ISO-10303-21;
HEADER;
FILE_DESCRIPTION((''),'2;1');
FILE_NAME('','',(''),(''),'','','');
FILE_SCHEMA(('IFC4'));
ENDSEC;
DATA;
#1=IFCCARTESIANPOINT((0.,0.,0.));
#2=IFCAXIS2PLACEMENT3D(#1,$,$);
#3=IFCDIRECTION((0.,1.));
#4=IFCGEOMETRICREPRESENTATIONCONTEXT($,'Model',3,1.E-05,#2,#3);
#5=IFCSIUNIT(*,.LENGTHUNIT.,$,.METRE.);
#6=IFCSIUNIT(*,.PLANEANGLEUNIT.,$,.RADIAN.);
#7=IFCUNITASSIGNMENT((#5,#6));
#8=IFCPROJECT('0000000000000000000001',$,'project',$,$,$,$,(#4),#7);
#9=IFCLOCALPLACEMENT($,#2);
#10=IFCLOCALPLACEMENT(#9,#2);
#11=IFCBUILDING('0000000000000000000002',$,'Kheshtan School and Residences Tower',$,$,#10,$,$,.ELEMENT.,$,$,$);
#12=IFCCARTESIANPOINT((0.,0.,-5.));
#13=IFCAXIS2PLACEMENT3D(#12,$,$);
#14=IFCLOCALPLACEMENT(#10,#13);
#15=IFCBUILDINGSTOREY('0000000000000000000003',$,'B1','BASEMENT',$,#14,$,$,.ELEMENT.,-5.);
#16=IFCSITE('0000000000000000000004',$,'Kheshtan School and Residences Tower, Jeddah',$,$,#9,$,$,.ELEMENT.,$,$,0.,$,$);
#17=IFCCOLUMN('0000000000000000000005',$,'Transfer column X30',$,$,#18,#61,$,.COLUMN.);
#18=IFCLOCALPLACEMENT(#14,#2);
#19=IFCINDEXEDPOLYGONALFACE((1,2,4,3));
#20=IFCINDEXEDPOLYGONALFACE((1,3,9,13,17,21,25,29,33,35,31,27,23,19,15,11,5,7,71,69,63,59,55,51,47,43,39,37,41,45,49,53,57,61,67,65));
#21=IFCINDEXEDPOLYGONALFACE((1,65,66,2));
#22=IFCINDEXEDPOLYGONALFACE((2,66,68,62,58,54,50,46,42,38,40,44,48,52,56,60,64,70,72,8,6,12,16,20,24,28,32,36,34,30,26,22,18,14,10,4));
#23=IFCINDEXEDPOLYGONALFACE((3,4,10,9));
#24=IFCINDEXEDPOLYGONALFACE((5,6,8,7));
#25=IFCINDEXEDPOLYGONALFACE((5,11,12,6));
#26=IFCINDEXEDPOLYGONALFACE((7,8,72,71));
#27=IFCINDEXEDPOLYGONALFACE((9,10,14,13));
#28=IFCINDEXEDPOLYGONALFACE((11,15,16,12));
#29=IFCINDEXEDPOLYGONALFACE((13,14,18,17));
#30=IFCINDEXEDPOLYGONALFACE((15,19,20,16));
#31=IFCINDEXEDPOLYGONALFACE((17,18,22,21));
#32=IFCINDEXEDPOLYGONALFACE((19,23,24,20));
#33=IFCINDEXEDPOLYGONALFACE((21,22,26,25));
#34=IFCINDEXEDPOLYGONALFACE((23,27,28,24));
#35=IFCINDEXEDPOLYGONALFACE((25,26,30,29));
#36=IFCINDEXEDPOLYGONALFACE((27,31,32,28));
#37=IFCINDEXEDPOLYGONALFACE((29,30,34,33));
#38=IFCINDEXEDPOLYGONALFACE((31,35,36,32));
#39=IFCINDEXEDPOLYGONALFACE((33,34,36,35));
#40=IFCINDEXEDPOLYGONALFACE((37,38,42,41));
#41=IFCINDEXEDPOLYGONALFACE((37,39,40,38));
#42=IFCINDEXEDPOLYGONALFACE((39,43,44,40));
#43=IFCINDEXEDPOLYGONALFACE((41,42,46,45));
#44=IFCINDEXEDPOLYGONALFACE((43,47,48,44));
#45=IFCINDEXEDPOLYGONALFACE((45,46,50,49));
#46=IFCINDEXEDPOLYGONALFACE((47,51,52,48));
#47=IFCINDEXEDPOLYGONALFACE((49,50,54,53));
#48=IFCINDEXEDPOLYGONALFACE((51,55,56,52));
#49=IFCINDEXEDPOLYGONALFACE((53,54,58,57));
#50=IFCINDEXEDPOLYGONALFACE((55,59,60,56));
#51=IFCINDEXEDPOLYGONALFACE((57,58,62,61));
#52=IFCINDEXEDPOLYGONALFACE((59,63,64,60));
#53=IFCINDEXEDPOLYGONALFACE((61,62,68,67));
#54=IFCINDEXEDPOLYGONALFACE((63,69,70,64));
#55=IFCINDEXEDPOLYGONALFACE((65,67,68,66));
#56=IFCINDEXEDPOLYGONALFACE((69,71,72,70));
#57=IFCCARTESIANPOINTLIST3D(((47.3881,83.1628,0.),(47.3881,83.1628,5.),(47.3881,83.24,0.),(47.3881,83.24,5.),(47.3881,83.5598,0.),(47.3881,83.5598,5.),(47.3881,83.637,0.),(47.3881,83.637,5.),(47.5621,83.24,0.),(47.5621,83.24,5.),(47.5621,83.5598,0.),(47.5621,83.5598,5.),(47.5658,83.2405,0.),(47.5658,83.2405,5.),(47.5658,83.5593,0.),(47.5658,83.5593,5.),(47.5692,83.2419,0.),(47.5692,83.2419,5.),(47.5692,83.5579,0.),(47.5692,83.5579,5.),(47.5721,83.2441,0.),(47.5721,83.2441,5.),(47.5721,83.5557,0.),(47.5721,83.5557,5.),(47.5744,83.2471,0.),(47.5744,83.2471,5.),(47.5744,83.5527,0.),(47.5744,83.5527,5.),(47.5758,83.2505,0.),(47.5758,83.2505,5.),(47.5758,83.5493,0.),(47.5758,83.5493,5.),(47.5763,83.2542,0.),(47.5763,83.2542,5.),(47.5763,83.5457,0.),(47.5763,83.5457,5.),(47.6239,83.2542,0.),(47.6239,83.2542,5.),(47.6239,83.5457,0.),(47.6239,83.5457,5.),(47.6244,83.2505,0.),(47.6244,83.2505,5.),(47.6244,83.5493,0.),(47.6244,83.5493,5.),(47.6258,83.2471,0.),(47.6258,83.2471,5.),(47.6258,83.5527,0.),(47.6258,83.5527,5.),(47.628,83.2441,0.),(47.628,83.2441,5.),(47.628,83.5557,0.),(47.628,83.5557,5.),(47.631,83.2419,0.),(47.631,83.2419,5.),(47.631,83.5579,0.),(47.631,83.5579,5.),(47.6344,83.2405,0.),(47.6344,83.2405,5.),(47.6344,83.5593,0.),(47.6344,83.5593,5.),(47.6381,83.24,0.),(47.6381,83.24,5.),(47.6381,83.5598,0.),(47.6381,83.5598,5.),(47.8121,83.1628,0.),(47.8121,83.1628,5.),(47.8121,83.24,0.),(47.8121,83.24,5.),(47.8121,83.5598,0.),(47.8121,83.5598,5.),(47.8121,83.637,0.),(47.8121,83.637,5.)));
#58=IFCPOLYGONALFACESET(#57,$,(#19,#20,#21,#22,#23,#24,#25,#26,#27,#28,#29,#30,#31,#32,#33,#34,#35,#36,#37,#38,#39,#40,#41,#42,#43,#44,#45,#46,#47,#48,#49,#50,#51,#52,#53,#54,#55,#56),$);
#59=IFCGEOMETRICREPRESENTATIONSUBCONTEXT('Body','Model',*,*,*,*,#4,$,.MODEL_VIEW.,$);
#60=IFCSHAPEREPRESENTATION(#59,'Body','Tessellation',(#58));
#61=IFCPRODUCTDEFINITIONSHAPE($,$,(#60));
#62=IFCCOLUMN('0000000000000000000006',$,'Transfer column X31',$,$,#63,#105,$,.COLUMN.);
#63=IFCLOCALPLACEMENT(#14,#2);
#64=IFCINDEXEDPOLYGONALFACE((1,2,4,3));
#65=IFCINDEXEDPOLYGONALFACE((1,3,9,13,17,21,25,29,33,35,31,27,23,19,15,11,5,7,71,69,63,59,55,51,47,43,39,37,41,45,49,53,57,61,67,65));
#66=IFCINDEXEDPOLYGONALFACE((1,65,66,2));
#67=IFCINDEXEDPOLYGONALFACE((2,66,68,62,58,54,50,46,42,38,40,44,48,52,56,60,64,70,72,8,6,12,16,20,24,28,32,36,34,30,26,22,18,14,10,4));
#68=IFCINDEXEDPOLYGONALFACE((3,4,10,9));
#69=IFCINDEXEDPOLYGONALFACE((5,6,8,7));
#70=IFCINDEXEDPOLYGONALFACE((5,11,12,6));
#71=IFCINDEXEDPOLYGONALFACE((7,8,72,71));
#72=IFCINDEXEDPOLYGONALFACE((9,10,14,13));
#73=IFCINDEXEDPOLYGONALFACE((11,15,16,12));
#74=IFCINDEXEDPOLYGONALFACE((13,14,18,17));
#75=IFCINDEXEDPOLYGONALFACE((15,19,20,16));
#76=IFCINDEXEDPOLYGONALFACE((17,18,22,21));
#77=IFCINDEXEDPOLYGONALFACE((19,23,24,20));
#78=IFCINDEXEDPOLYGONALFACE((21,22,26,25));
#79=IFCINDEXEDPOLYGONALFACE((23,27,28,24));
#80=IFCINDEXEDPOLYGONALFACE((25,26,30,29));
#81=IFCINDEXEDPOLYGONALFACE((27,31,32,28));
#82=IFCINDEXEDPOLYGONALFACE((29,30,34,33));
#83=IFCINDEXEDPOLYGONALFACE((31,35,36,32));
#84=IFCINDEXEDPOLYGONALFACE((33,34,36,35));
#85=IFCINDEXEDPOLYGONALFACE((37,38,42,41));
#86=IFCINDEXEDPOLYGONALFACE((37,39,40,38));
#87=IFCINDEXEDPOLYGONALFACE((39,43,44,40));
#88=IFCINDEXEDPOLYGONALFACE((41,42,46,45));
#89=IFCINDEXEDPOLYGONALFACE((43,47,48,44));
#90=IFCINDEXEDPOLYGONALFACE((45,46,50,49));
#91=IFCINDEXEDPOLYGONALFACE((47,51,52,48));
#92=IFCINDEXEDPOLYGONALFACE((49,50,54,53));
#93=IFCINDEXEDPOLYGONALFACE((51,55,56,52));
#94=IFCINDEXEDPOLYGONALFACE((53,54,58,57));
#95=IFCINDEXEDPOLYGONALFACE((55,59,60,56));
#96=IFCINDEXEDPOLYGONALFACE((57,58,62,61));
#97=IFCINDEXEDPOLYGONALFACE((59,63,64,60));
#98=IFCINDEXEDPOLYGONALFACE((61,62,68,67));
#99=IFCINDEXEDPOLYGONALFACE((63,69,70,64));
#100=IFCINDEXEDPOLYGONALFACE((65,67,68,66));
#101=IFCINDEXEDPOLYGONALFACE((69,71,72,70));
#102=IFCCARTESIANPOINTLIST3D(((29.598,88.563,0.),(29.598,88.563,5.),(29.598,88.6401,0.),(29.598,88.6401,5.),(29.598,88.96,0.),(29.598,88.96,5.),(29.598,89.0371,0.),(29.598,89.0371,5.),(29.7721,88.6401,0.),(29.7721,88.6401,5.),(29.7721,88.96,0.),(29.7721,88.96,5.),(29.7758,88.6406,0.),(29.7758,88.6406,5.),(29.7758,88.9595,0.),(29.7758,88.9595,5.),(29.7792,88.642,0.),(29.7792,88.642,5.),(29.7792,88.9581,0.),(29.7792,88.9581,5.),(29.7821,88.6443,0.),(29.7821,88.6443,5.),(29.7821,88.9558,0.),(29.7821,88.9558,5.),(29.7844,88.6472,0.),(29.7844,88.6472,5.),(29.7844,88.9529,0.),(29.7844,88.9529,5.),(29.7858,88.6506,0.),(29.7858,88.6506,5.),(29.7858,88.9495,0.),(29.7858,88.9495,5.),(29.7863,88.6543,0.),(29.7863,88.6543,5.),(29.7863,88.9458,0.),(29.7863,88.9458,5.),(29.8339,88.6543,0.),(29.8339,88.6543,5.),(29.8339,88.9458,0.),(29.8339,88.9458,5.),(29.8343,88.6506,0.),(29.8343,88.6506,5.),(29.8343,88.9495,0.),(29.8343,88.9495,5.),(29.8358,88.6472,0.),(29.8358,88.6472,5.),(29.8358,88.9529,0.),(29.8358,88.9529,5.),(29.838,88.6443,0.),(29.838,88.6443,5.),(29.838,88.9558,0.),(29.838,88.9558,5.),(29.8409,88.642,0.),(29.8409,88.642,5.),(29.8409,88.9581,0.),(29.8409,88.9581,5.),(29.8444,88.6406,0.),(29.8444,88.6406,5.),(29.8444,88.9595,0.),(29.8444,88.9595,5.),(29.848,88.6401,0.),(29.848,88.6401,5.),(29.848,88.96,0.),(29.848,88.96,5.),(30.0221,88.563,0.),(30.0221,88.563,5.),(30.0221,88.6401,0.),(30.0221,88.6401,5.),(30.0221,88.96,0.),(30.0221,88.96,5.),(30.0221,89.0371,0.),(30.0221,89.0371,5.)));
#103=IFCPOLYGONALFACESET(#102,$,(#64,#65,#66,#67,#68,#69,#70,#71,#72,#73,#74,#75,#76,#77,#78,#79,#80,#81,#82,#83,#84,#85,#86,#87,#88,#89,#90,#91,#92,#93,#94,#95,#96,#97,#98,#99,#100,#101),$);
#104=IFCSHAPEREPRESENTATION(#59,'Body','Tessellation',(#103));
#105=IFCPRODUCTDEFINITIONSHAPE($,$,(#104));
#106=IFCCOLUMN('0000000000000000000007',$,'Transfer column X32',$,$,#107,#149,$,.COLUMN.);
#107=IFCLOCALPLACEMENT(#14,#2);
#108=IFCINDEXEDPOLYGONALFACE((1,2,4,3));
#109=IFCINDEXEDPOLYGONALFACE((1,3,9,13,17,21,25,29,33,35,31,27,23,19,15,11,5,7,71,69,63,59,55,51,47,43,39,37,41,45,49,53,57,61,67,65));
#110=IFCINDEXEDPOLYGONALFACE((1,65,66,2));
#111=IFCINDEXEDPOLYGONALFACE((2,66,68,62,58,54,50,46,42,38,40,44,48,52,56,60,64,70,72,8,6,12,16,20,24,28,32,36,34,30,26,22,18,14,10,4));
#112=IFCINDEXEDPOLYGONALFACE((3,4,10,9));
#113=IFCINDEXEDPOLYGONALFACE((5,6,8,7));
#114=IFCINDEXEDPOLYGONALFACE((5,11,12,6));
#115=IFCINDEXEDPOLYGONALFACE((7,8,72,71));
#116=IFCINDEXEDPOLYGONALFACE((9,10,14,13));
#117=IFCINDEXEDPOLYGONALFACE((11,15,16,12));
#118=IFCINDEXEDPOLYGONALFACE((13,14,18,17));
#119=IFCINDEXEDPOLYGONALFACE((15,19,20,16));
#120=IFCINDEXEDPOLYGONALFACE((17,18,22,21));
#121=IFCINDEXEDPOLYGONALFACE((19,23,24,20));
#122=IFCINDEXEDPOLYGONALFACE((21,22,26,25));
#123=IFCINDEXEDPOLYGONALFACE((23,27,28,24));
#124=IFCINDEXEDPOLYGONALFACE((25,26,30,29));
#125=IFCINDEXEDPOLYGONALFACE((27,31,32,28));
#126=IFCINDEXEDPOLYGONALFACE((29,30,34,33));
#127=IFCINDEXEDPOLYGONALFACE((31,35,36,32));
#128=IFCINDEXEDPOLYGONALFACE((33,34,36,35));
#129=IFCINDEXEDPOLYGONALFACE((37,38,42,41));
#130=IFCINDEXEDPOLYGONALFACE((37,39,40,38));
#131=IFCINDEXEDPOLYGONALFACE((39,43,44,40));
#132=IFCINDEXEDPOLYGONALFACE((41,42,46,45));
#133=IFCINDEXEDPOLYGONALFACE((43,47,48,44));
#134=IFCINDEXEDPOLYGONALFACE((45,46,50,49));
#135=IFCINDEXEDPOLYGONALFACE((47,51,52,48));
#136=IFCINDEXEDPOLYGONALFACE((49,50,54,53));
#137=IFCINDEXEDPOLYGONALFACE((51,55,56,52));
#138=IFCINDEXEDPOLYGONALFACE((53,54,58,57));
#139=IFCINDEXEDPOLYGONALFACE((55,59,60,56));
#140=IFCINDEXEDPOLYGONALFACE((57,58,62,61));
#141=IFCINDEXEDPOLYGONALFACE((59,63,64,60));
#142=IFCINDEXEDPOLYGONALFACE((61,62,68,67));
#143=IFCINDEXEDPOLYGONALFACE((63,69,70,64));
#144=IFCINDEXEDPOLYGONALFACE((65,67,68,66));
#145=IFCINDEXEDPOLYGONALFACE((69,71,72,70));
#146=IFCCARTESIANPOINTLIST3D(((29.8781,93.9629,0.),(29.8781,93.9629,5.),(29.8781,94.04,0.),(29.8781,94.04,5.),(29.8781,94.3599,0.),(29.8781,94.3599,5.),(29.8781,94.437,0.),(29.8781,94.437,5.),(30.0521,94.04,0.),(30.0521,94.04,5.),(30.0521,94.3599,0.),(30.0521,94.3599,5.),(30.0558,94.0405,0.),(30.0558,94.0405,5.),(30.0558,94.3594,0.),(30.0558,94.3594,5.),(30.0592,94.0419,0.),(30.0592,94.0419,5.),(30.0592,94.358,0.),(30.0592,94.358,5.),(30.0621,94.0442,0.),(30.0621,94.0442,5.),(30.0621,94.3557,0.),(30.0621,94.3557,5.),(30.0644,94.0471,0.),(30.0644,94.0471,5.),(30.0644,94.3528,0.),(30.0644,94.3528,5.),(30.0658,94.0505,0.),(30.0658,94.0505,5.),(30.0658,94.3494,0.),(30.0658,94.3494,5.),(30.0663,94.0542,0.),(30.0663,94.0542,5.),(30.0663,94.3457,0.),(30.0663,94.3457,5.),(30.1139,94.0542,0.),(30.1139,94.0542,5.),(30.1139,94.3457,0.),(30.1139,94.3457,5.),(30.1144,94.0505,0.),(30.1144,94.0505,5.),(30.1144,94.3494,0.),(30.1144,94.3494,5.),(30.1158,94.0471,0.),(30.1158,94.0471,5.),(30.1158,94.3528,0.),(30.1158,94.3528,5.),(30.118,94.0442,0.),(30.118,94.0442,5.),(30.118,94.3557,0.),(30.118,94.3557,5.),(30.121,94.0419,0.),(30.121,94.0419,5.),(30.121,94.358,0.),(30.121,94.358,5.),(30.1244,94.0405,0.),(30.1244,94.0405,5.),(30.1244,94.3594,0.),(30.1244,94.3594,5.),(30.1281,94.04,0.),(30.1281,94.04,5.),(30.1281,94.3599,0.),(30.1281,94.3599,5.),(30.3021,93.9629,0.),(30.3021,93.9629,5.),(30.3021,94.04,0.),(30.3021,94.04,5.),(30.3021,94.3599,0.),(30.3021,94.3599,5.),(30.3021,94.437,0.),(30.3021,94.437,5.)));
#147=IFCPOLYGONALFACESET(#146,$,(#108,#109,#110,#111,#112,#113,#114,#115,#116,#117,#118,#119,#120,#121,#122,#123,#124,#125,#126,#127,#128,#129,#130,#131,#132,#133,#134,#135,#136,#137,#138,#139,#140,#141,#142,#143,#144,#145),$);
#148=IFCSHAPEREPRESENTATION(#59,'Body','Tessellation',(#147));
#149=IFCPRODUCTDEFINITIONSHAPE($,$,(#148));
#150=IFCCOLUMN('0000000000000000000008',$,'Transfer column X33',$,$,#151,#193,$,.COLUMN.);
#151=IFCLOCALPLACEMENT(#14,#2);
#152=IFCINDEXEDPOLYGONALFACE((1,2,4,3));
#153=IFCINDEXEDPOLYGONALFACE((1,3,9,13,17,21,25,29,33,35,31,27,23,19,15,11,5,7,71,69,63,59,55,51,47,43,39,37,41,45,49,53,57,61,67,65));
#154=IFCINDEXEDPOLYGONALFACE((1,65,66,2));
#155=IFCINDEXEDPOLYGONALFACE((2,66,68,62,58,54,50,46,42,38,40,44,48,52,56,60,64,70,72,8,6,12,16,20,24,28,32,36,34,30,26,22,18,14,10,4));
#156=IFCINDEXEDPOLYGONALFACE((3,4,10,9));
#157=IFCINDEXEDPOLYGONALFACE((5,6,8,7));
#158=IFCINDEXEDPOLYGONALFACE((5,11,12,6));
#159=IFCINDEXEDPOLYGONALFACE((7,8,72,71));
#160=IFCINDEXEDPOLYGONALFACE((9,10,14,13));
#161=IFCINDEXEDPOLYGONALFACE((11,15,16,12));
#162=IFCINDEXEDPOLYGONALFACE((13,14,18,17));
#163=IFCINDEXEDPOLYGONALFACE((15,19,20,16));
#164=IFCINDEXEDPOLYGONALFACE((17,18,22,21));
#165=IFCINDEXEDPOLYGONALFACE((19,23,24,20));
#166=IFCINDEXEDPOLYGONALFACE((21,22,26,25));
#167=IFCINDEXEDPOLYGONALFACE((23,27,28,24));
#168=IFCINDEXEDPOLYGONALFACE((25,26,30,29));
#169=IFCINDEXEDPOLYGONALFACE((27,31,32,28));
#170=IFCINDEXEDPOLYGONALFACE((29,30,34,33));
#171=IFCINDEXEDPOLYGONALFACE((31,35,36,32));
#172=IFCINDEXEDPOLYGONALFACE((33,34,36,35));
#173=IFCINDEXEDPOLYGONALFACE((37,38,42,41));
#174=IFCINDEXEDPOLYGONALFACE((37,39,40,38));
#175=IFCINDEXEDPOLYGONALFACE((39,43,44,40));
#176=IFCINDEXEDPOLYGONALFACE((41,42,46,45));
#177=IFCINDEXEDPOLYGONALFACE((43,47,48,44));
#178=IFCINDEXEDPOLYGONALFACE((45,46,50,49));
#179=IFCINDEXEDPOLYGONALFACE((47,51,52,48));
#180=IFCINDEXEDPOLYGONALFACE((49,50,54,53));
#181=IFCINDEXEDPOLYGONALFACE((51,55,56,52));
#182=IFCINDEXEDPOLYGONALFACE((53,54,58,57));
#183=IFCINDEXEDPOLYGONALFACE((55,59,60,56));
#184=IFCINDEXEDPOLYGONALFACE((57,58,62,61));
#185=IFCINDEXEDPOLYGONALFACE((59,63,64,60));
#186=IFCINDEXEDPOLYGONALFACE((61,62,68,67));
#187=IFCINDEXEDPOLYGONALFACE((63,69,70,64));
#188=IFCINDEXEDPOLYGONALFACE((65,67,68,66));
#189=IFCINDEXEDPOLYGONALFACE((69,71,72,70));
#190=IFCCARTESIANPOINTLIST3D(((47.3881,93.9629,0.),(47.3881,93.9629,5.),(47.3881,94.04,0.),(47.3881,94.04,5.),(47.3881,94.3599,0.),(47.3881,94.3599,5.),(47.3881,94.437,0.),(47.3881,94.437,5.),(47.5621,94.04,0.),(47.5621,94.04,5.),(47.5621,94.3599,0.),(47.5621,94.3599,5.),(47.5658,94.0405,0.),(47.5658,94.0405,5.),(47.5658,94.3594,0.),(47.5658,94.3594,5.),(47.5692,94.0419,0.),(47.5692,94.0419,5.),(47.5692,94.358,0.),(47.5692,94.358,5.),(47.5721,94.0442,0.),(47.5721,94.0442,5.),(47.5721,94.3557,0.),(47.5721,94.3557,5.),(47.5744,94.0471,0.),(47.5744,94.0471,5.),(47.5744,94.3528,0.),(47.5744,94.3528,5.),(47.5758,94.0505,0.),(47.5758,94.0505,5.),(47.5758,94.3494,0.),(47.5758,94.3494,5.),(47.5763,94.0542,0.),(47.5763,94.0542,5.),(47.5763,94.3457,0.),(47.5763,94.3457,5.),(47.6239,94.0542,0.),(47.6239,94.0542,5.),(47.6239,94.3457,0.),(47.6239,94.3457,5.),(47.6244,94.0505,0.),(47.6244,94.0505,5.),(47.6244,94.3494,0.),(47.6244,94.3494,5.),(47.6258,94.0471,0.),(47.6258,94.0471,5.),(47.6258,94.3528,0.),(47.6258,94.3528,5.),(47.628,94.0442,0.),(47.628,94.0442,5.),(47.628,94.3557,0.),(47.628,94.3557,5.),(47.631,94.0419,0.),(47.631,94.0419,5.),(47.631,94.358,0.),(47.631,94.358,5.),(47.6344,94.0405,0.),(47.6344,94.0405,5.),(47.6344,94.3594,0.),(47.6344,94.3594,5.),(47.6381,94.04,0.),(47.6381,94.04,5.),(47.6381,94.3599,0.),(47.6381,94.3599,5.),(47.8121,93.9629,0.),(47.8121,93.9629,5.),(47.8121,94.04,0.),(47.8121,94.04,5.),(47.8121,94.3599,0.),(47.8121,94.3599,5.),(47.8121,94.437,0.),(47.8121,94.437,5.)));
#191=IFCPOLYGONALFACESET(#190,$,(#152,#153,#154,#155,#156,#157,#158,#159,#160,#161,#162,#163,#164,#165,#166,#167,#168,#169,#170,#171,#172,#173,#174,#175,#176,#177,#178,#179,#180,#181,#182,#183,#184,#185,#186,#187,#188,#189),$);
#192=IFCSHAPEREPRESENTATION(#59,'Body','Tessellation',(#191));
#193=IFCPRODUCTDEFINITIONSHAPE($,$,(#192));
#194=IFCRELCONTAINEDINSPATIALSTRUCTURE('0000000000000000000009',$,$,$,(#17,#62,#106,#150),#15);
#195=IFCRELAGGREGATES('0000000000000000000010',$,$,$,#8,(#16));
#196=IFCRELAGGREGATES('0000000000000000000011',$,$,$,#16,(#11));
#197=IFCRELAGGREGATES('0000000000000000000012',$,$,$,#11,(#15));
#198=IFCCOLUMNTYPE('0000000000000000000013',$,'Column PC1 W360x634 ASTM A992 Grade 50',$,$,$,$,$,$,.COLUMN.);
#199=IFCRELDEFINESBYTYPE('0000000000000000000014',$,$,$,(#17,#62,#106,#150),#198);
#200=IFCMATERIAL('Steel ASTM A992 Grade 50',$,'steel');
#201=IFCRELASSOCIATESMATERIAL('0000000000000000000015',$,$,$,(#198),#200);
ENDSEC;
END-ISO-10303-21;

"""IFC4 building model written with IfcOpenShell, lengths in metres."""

from ifc_helpers import new_model, si_unit, direction, frame, origin, origin_2d, place, context, subcontext, project, spatial, i_section, extrude, material, material_profile, profile_set, type_object, element, save


model = new_model("IFC4")

# Units and contexts
model_context = context("Model", 3, precision=1e-05, world=origin(), true_north=direction((0.0, 1.0)))
body_context = subcontext(model_context, "Body", "Model", "MODEL_VIEW")
ifc_project = project(units=[si_unit("LENGTHUNIT", "METRE"), si_unit("PLANEANGLEUNIT", "RADIAN")], contexts=[model_context])

# Site, building, storey
site_placement = place(None, origin())
site = spatial("IfcSite", under=ifc_project, at=site_placement, Name="Kheshtan School and Residences Tower, Jeddah", CompositionType="ELEMENT", RefElevation=0.0)
building_placement = place(site_placement, origin())
building = spatial("IfcBuilding", under=site, at=building_placement, Name="Kheshtan School and Residences Tower", CompositionType="ELEMENT")
storey_placement = place(building_placement, frame((0.0, 0.0, -5.0)))
storey = spatial("IfcBuildingStorey", under=building, at=storey_placement, Name="B1", Description="BASEMENT", CompositionType="ELEMENT", Elevation=-5.0)

# Columns
ifc_material_1 = material(Name="Steel ASTM A992 Grade 50", Category="steel")
ifc_material_profile_1 = material_profile(ifc_material_1, i_section(OverallWidth=0.4241, OverallDepth=0.4741, WebThickness=0.0476, FlangeThickness=0.0771, FilletRadius=0.0142, at=origin_2d()), Name="W360x634")
ifc_profile_set_1 = profile_set([ifc_material_profile_1], Name="Steel ASTM A992 Grade 50")
column_type = type_object("IfcColumnType", Name="Column PC1 W360x634 ASTM A992 Grade 50", PredefinedType="COLUMN", material=ifc_profile_set_1)
for number, where, z_axis, x_axis, name in (
    (1, (47.6001, 83.3999, 0.0), (0.0, 0.0, 1.0), (1.0, 0.0, 0.0), "Transfer column X30"),
    (2, (29.8101, 88.8, 0.0), (0.0, 0.0, 1.0), (1.0, 0.0, 0.0), "Transfer column X31"),
    (3, (30.0901, 94.2, 0.0), (0.0, 0.0, 1.0), (1.0, 0.0, 0.0), "Transfer column X32"),
    (4, (47.6001, 94.2, 0.0), (0.0, 0.0, 1.0), (1.0, 0.0, 0.0), "Transfer column X33"),
):
    element("IfcColumn", number, at=place(storey_placement, frame(where, z_axis=z_axis, x_axis=x_axis)), inside=storey, type_object=column_type, Name=name, PredefinedType="COLUMN", context=body_context, shape_type="SweptSolid", body=[
        extrude(i_section(OverallWidth=0.4241, OverallDepth=0.4741, WebThickness=0.0476, FlangeThickness=0.0771, FilletRadius=0.0142, at=origin_2d()), origin(), (0.0, 0.0, 1.0), 5.0),
    ])

save(model, "model.ifc")
